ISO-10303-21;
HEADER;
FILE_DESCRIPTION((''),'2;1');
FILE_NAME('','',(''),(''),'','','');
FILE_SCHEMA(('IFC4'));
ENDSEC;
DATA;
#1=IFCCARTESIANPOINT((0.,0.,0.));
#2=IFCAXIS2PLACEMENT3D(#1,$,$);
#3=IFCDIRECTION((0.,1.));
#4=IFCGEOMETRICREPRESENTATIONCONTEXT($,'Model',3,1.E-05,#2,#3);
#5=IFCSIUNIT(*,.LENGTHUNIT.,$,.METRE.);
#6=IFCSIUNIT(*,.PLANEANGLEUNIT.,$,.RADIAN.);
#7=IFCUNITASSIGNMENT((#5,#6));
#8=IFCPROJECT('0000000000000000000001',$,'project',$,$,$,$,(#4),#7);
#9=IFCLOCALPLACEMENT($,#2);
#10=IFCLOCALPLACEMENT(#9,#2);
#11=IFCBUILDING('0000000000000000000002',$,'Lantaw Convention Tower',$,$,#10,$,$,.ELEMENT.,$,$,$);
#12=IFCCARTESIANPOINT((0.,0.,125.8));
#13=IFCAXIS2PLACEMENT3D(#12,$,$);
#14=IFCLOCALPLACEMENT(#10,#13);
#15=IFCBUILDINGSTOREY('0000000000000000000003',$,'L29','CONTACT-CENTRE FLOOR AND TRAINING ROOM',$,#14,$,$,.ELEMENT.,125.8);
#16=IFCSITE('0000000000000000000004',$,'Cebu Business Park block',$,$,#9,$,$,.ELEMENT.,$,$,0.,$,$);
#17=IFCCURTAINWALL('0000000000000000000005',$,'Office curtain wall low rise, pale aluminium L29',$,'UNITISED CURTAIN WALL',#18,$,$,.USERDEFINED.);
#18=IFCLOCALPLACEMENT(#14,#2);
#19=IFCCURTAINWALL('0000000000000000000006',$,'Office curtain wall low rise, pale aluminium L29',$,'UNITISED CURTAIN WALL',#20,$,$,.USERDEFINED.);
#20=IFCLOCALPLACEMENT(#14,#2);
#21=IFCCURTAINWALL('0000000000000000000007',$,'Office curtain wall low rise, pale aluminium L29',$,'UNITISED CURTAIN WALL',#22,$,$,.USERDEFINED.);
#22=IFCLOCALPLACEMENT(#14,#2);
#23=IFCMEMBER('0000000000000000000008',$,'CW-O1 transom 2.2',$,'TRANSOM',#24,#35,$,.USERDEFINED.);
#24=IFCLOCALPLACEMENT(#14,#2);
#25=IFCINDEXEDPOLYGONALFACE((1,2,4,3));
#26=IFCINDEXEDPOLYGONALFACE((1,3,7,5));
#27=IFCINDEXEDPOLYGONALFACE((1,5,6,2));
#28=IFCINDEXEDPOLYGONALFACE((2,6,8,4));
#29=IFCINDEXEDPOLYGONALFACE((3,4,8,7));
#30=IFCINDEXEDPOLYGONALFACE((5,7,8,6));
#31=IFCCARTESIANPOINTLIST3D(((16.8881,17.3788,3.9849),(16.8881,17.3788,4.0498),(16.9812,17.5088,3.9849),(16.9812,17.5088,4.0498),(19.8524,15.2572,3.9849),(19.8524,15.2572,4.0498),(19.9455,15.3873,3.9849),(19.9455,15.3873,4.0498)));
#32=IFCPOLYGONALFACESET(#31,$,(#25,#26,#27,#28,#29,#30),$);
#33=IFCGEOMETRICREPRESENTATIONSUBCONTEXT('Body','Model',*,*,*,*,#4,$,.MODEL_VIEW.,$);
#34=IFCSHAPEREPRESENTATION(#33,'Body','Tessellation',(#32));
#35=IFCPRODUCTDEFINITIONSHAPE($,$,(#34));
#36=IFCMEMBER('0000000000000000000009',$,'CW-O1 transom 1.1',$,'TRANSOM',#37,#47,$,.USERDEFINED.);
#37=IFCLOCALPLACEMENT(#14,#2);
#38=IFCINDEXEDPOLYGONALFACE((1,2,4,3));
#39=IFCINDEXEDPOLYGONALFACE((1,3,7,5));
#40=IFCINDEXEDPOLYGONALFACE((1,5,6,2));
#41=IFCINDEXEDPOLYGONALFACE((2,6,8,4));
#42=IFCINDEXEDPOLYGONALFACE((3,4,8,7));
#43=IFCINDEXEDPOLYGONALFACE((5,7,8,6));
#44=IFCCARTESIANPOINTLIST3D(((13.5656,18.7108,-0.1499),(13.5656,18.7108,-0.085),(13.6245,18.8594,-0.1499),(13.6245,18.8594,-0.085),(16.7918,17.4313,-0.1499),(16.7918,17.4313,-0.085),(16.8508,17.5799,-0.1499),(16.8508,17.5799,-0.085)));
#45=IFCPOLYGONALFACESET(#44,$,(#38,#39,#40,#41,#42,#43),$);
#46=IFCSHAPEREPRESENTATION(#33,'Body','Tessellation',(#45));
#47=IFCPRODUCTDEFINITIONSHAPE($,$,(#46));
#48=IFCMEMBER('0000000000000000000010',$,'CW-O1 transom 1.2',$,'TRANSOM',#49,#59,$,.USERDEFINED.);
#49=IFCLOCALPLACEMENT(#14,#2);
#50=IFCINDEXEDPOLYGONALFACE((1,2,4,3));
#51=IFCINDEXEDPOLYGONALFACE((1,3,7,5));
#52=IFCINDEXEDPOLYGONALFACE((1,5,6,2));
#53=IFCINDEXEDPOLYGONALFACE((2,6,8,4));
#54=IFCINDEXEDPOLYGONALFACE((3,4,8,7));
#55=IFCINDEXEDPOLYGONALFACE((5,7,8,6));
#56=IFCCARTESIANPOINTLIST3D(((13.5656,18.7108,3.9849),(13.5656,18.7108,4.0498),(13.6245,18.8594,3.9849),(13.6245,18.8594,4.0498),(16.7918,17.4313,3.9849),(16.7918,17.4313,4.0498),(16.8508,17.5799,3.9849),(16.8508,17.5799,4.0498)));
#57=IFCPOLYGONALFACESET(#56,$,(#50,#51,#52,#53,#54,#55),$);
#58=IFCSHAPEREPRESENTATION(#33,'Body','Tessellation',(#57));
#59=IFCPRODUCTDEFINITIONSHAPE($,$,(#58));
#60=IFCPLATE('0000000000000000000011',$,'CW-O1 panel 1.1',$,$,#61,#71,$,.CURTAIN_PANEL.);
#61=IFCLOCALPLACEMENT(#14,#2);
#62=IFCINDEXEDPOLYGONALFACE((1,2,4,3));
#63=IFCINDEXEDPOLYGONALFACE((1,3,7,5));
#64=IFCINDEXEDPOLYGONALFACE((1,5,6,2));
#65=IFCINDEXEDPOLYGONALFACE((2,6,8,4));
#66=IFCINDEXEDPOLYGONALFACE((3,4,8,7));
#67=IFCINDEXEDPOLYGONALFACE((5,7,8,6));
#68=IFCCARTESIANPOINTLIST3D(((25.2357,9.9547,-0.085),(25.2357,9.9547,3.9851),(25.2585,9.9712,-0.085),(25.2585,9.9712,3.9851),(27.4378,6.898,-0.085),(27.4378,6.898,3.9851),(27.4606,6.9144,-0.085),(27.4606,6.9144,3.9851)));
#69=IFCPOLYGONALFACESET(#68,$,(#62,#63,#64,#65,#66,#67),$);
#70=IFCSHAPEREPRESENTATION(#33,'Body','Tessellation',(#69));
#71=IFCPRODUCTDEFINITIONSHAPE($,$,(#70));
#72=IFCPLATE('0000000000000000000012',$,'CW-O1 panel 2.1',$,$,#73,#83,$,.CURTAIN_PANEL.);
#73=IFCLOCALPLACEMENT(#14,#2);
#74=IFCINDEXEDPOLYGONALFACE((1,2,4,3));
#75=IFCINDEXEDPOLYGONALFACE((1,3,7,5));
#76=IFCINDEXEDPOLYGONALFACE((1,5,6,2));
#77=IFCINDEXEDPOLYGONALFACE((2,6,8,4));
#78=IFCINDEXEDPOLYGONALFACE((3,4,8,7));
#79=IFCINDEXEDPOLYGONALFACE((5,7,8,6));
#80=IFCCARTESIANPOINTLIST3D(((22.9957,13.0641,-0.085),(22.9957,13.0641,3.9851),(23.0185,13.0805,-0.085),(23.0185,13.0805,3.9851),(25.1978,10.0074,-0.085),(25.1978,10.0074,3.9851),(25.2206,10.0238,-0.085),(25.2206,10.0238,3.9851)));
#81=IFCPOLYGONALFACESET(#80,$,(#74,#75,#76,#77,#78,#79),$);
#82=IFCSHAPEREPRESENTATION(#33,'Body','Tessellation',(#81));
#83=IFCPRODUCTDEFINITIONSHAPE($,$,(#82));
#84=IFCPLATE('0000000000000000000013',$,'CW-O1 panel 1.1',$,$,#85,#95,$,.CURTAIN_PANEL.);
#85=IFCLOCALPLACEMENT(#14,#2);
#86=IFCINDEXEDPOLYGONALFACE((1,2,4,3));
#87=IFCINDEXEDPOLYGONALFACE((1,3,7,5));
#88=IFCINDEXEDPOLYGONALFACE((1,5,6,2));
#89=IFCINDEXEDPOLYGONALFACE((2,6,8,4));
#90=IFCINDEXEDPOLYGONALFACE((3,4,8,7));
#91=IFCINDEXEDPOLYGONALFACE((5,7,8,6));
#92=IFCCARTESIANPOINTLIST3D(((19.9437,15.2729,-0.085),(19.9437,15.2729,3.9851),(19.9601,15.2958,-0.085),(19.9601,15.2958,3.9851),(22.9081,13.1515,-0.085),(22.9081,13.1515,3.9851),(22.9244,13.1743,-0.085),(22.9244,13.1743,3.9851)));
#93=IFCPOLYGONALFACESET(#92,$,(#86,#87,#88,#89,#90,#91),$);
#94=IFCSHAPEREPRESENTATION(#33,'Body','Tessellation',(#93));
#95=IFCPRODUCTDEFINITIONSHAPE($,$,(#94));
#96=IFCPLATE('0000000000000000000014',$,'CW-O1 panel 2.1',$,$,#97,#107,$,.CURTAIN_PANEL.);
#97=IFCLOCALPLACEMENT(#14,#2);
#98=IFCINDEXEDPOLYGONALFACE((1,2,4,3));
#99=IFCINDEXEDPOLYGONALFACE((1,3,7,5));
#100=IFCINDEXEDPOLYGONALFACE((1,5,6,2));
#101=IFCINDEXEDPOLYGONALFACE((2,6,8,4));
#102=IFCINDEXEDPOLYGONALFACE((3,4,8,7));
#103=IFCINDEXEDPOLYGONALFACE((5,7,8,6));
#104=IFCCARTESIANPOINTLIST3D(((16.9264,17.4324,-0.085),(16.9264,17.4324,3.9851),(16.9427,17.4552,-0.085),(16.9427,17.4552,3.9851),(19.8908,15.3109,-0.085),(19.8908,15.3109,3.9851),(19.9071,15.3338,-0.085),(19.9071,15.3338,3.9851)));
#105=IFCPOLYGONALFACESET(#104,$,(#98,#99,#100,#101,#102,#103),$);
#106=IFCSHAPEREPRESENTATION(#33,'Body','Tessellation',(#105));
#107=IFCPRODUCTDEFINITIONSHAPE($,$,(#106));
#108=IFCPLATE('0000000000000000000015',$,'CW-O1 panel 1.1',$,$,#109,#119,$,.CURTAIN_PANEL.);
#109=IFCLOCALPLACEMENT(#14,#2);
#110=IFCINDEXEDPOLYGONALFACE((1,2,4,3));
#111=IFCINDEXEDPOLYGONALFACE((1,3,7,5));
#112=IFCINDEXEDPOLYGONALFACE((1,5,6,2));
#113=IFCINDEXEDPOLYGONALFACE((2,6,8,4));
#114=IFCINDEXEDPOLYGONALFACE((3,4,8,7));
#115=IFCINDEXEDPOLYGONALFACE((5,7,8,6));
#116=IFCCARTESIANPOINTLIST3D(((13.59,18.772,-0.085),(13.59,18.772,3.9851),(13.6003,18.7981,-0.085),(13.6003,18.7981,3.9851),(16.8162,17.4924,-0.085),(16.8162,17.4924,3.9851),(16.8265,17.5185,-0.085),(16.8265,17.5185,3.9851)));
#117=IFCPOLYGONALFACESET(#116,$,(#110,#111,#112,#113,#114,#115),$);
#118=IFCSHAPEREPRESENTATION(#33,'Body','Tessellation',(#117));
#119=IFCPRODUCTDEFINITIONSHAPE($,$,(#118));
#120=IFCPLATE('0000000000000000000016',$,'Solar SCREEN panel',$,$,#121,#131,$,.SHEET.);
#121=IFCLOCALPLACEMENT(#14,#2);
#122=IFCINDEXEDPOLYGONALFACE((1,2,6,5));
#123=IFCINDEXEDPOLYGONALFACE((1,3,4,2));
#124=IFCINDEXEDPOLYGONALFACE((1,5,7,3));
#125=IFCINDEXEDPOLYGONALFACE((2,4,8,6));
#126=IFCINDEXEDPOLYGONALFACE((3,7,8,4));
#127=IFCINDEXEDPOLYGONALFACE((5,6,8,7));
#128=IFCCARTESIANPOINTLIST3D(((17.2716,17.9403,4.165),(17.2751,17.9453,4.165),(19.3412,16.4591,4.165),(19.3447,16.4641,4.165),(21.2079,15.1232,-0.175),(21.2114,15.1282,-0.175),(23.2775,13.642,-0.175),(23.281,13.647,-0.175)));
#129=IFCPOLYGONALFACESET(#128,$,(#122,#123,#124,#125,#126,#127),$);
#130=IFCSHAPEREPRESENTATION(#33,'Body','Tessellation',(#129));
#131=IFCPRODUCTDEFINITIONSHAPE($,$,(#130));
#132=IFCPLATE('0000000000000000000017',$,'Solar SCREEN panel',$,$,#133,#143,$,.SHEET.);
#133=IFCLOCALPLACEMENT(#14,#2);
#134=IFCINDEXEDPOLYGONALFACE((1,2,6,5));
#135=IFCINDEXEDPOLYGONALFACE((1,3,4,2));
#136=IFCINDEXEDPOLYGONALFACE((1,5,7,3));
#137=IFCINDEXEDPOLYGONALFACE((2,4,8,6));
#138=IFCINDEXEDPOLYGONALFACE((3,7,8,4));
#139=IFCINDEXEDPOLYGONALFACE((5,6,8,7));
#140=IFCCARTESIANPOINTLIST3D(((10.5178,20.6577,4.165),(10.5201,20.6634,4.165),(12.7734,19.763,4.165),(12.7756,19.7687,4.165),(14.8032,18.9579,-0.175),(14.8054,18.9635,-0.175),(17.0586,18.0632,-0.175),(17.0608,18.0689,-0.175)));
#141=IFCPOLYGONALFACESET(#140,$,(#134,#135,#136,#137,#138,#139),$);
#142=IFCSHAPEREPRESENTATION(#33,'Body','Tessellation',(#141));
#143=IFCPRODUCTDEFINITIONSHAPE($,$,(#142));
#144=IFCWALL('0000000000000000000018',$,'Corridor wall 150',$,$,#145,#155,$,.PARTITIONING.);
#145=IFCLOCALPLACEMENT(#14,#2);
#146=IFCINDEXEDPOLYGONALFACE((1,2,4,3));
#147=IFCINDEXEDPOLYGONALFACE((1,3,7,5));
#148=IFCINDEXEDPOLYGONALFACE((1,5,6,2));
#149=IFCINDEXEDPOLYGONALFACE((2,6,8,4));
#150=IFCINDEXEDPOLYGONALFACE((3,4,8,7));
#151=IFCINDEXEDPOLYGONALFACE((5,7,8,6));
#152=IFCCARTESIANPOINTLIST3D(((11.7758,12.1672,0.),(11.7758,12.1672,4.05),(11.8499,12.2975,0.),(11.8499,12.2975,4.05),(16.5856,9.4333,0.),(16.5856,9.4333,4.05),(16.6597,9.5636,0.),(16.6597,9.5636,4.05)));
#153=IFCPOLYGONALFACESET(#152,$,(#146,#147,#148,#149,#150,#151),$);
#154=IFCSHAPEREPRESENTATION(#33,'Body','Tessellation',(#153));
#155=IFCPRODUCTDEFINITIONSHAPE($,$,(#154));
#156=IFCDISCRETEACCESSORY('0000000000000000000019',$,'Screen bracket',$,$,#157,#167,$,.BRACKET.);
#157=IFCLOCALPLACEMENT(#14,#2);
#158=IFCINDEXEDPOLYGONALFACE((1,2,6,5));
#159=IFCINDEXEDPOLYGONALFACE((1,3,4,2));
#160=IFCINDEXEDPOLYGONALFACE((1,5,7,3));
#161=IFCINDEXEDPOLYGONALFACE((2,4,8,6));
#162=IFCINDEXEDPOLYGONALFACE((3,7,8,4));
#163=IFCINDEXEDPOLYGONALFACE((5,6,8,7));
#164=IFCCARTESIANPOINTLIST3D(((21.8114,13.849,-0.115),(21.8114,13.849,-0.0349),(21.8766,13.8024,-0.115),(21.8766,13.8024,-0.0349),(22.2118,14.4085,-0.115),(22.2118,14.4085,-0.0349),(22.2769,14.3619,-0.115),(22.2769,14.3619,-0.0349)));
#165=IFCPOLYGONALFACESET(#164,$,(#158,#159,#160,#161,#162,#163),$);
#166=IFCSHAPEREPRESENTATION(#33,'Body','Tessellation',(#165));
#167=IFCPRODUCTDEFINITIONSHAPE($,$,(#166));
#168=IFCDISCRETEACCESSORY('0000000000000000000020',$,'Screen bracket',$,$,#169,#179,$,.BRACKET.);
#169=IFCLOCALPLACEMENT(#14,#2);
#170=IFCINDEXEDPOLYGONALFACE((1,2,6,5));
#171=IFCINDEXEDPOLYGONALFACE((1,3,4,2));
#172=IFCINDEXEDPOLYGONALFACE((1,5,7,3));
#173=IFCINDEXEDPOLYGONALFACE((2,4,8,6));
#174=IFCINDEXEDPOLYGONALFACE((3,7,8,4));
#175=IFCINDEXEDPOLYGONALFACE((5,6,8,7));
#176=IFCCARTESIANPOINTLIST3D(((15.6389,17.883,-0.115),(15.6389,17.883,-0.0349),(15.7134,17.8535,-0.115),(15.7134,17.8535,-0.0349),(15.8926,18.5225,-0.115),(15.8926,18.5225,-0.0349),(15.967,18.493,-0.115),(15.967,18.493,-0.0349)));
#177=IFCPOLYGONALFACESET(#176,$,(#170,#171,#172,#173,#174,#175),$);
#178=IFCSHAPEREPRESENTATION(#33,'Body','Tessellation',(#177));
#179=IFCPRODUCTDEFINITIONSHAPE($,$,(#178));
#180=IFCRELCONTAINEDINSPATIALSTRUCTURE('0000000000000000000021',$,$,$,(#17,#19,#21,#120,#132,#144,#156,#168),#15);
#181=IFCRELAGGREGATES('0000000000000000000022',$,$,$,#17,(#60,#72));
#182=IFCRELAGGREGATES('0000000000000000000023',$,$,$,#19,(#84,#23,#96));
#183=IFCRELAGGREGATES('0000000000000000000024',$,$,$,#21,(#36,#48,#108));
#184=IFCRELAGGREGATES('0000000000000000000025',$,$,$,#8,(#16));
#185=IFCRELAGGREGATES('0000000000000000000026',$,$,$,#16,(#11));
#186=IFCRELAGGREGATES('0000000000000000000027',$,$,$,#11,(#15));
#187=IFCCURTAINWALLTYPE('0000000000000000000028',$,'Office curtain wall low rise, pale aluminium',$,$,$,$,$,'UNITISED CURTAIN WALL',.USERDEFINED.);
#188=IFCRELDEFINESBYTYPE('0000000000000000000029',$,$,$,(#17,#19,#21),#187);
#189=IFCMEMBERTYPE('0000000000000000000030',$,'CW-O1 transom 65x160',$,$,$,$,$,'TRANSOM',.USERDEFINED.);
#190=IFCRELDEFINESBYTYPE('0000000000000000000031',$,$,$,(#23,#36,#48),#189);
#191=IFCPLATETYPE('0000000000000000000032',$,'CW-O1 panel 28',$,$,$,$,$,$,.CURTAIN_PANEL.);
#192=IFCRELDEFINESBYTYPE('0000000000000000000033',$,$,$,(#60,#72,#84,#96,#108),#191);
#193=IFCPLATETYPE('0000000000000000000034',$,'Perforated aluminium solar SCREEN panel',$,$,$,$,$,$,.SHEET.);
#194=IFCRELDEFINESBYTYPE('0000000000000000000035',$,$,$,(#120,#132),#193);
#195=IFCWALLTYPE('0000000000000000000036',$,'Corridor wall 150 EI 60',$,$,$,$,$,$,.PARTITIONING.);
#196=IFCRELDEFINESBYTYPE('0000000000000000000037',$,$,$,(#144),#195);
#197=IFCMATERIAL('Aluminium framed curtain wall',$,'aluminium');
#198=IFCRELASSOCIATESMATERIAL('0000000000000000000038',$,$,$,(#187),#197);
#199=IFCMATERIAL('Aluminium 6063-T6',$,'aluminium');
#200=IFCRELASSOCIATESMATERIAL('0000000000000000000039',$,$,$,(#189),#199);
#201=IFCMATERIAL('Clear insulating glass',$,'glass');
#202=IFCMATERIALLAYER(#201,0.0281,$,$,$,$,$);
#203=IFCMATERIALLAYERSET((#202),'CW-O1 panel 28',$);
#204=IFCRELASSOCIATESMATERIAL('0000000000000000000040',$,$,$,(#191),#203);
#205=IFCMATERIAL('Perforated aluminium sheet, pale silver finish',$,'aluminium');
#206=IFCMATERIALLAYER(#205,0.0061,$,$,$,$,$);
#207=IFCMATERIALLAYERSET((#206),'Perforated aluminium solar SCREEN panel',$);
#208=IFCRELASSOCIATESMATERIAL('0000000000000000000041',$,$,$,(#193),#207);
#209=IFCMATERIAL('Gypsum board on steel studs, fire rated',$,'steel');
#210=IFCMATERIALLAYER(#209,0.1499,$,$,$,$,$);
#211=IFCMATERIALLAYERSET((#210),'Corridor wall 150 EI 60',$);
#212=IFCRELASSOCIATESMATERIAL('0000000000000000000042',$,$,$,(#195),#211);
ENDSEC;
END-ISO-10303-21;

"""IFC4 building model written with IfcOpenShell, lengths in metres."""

from ifc_helpers import new_model, si_unit, direction, frame, frame_2d, origin, origin_2d, place, context, subcontext, project, spatial, polyline, rectangle, outline, extrude, material, layer, layer_set, material_profile, profile_set, type_object, element, aggregate, save


model = new_model("IFC4")

# Units and contexts
model_context = context("Model", 3, precision=1e-05, world=origin(), true_north=direction((0.0, 1.0)))
body_context = subcontext(model_context, "Body", "Model", "MODEL_VIEW")
ifc_project = project(units=[si_unit("LENGTHUNIT", "METRE"), si_unit("PLANEANGLEUNIT", "RADIAN")], contexts=[model_context])

# Site, building, storey
site_placement = place(None, origin())
site = spatial("IfcSite", under=ifc_project, at=site_placement, Name="Cebu Business Park block", CompositionType="ELEMENT", RefElevation=0.0)
building_placement = place(site_placement, origin())
building = spatial("IfcBuilding", under=site, at=building_placement, Name="Lantaw Convention Tower", CompositionType="ELEMENT")
storey_placement = place(building_placement, frame((0.0, 0.0, 125.8)))
storey = spatial("IfcBuildingStorey", under=building, at=storey_placement, Name="L29", Description="CONTACT-CENTRE FLOOR AND TRAINING ROOM", CompositionType="ELEMENT", Elevation=125.8)

# Curtain walls
ifc_material_1 = material(Name="Aluminium framed curtain wall", Category="aluminium")
curtain_wall_type = type_object("IfcCurtainWallType", Name="Office curtain wall low rise, pale aluminium", ElementType="UNITISED CURTAIN WALL", PredefinedType="USERDEFINED", material=ifc_material_1)
curtain_wall_1_placement = place(storey_placement, origin())
curtain_wall_1 = element("IfcCurtainWall", 1, at=curtain_wall_1_placement, inside=storey, type_object=curtain_wall_type, Name="Office curtain wall low rise, pale aluminium L29", ObjectType="UNITISED CURTAIN WALL", PredefinedType="USERDEFINED")
ifc_material_2 = material(Name="Aluminium 6063-T6", Category="aluminium")
curtain_wall_2_placement = place(storey_placement, origin())
curtain_wall_2 = element("IfcCurtainWall", 2, at=curtain_wall_2_placement, inside=storey, type_object=curtain_wall_type, Name="Office curtain wall low rise, pale aluminium L29", ObjectType="UNITISED CURTAIN WALL", PredefinedType="USERDEFINED")

# Curtain wall
curtain_wall_3_placement = place(storey_placement, origin())
curtain_wall_3 = element("IfcCurtainWall", 3, at=curtain_wall_3_placement, inside=storey, type_object=curtain_wall_type, Name="Office curtain wall low rise, pale aluminium L29", ObjectType="UNITISED CURTAIN WALL", PredefinedType="USERDEFINED")

# Members
ifc_material_profile_1 = material_profile(ifc_material_2, rectangle(XDim=0.1599, YDim=0.0649, at=origin_2d()), Name="CW-O1 transom 65x160")
ifc_profile_set_1 = profile_set([ifc_material_profile_1], Name="Aluminium 6063-T6")
member_type_1 = type_object("IfcMemberType", Name="CW-O1 transom 65x160", ElementType="TRANSOM", PredefinedType="USERDEFINED", material=ifc_profile_set_1)
member_1_placement = place(storey_placement, frame((19.8989, 15.3223, 4.0173), z_axis=(-0.81319, 0.581998, 0.0), x_axis=(-0.581998, -0.81319, 0.0)))
member_1 = element("IfcMember", 4, at=member_1_placement, type_object=member_type_1, Name="CW-O1 transom 2.2", ObjectType="TRANSOM", PredefinedType="USERDEFINED", context=body_context, shape_type="SweptSolid", body=[
    extrude(rectangle(XDim=0.1599, YDim=0.0649, at=origin_2d()), origin(), (0.0, 0.0, 1.0), 3.6453),
])
member_2_placement = place(storey_placement, frame((16.8213, 17.5056, -0.1174), z_axis=(-0.929564, 0.36866, 0.0), x_axis=(-0.36866, -0.929564, 0.0)))
member_2 = element("IfcMember", 5, at=member_2_placement, type_object=member_type_1, Name="CW-O1 transom 1.1", ObjectType="TRANSOM", PredefinedType="USERDEFINED", context=body_context, shape_type="SweptSolid", body=[
    extrude(rectangle(XDim=0.1599, YDim=0.0649, at=origin_2d()), origin(), (0.0, 0.0, 1.0), 3.4707),
])
member_3_placement = place(storey_placement, frame((16.8213, 17.5056, 4.0173), z_axis=(-0.929564, 0.36866, 0.0), x_axis=(-0.36866, -0.929564, 0.0)))
member_3 = element("IfcMember", 6, at=member_3_placement, type_object=member_type_1, Name="CW-O1 transom 1.2", ObjectType="TRANSOM", PredefinedType="USERDEFINED", context=body_context, shape_type="SweptSolid", body=[
    extrude(rectangle(XDim=0.1599, YDim=0.0649, at=origin_2d()), origin(), (0.0, 0.0, 1.0), 3.4707),
])

# Plates
ifc_material_3 = material(Name="Clear insulating glass", Category="glass")
ifc_layer_1 = layer(ifc_material_3, 0.0281)
ifc_layer_set_1 = layer_set([ifc_layer_1], Name="CW-O1 panel 28")
plate_type_1 = type_object("IfcPlateType", Name="CW-O1 panel 28", PredefinedType="CURTAIN_PANEL", material=ifc_layer_set_1)
plate_1_placement = place(storey_placement, frame((26.3481, 8.4346, -0.085), z_axis=(0.0, 0.0, 1.0), x_axis=(-0.584513, 0.811385, 0.0)))
plate_1 = element("IfcPlate", 7, at=plate_1_placement, type_object=plate_type_1, Name="CW-O1 panel 1.1", PredefinedType="CURTAIN_PANEL", context=body_context, shape_type="SweptSolid", body=[
    extrude(rectangle(XDim=3.7673, YDim=0.0281, at=origin_2d()), origin(), (0.0, 0.0, 1.0), 4.0701),
])
plate_2_placement = place(storey_placement, frame((24.1082, 11.5439, -0.085), z_axis=(0.0, 0.0, 1.0), x_axis=(-0.584513, 0.811385, 0.0)))
plate_2 = element("IfcPlate", 8, at=plate_2_placement, type_object=plate_type_1, Name="CW-O1 panel 2.1", PredefinedType="CURTAIN_PANEL", context=body_context, shape_type="SweptSolid", body=[
    extrude(rectangle(XDim=3.7673, YDim=0.0281, at=origin_2d()), origin(), (0.0, 0.0, 1.0), 4.0701),
])
aggregate(curtain_wall_1, [plate_1, plate_2])
plate_3_placement = place(storey_placement, frame((21.4341, 14.2236, -0.085), z_axis=(0.0, 0.0, 1.0), x_axis=(-0.813208, 0.581973, 0.0)))
plate_3 = element("IfcPlate", 9, at=plate_3_placement, type_object=plate_type_1, Name="CW-O1 panel 1.1", PredefinedType="CURTAIN_PANEL", context=body_context, shape_type="SweptSolid", body=[
    extrude(rectangle(XDim=3.6453, YDim=0.0281, at=origin_2d()), origin(), (0.0, 0.0, 1.0), 4.0701),
])
plate_4_placement = place(storey_placement, frame((18.4167, 16.3831, -0.085), z_axis=(0.0, 0.0, 1.0), x_axis=(-0.813208, 0.581973, 0.0)))
plate_4 = element("IfcPlate", 10, at=plate_4_placement, type_object=plate_type_1, Name="CW-O1 panel 2.1", PredefinedType="CURTAIN_PANEL", context=body_context, shape_type="SweptSolid", body=[
    extrude(rectangle(XDim=3.6453, YDim=0.0281, at=origin_2d()), origin(), (0.0, 0.0, 1.0), 4.0701),
])
aggregate(curtain_wall_2, [plate_3, member_1, plate_4])
plate_5_placement = place(storey_placement, frame((15.2083, 18.1453, -0.085), z_axis=(0.0, 0.0, 1.0), x_axis=(-0.929548, 0.368702, 0.0)))
plate_5 = element("IfcPlate", 11, at=plate_5_placement, type_object=plate_type_1, Name="CW-O1 panel 1.1", PredefinedType="CURTAIN_PANEL", context=body_context, shape_type="SweptSolid", body=[
    extrude(rectangle(XDim=3.4707, YDim=0.0281, at=origin_2d()), origin(), (0.0, 0.0, 1.0), 4.0701),
])
aggregate(curtain_wall_3, [member_2, member_3, plate_5])

# Plates
ifc_material_4 = material(Name="Perforated aluminium sheet, pale silver finish", Category="aluminium")
ifc_layer_2 = layer(ifc_material_4, 0.0061)
ifc_layer_set_2 = layer_set([ifc_layer_2], Name="Perforated aluminium solar SCREEN panel")
plate_type_2 = type_object("IfcPlateType", Name="Perforated aluminium solar SCREEN panel", PredefinedType="SHEET", material=ifc_layer_set_2)
plate_6_placement = place(storey_placement, frame((23.281, 13.647, -0.175), z_axis=(0.582, 0.813189, 0.000012), x_axis=(-0.813189, 0.582, 0.0)))
element("IfcPlate", 12, at=plate_6_placement, inside=storey, type_object=plate_type_2, Name="Solar SCREEN panel", PredefinedType="SHEET", context=body_context, shape_type="SweptSolid", body=[
    extrude(outline(polyline([(0.0, 0.0), (2.545, 0.0), (7.3855, 4.3401), (4.8405, 4.3401), (0.0, 0.0)])), origin(), (0.0, 0.0, -1.0), 0.0061),
])
plate_7_placement = place(storey_placement, frame((17.0586, 18.0632, -0.175), z_axis=(-0.368709, -0.929545, 0.000011), x_axis=(-0.929545, 0.368709, 0.0)))
element("IfcPlate", 13, at=plate_7_placement, inside=storey, type_object=plate_type_2, Name="Solar SCREEN panel", PredefinedType="SHEET", context=body_context, shape_type="SweptSolid", body=[
    extrude(outline(polyline([(0.0, 0.0), (2.4264, 0.0), (7.0365, -4.3401), (4.61, -4.3401), (0.0, 0.0)])), origin(), (0.0, 0.0, -1.0), 0.0061),
])

# Wall
ifc_material_5 = material(Name="Gypsum board on steel studs, fire rated", Category="steel")
ifc_layer_3 = layer(ifc_material_5, 0.1499)
ifc_layer_set_3 = layer_set([ifc_layer_3], Name="Corridor wall 150 EI 60")
wall_type = type_object("IfcWallType", Name="Corridor wall 150 EI 60", PredefinedType="PARTITIONING", material=ifc_layer_set_3)
wall_placement = place(storey_placement, frame((16.6226, 9.4985, 0.0), z_axis=(0.0, 0.0, 1.0), x_axis=(-0.869376, 0.494151, 0.0)))
element("IfcWall", 14, at=wall_placement, inside=storey, type_object=wall_type, Name="Corridor wall 150", PredefinedType="PARTITIONING", context=body_context, shape_type="SweptSolid", body=[
    extrude(rectangle(XDim=5.5325, YDim=0.1499, at=frame_2d((2.7661, 0.0))), origin(), (0.0, 0.0, 1.0), 4.05),
])

# Discrete accessories
for number, where, z_axis, x_axis, name in (
    (15, (22.0442, 14.1055, -0.115), (0.0, 0.0, 1.0), (-0.813208, 0.581973, 0.0), "Screen bracket"),
    (16, (15.803, 18.188, -0.115), (0.0, 0.0, 1.0), (-0.929548, 0.368702, 0.0), "Screen bracket"),
):
    element("IfcDiscreteAccessory", number, at=place(storey_placement, frame(where, z_axis=z_axis, x_axis=x_axis)), inside=storey, Name=name, PredefinedType="BRACKET", context=body_context, shape_type="SweptSolid", body=[
        extrude(rectangle(XDim=0.0801, YDim=0.688, at=origin_2d()), origin(), (0.0, 0.0, 1.0), 0.0801),
    ])

save(model, "model.ifc")
